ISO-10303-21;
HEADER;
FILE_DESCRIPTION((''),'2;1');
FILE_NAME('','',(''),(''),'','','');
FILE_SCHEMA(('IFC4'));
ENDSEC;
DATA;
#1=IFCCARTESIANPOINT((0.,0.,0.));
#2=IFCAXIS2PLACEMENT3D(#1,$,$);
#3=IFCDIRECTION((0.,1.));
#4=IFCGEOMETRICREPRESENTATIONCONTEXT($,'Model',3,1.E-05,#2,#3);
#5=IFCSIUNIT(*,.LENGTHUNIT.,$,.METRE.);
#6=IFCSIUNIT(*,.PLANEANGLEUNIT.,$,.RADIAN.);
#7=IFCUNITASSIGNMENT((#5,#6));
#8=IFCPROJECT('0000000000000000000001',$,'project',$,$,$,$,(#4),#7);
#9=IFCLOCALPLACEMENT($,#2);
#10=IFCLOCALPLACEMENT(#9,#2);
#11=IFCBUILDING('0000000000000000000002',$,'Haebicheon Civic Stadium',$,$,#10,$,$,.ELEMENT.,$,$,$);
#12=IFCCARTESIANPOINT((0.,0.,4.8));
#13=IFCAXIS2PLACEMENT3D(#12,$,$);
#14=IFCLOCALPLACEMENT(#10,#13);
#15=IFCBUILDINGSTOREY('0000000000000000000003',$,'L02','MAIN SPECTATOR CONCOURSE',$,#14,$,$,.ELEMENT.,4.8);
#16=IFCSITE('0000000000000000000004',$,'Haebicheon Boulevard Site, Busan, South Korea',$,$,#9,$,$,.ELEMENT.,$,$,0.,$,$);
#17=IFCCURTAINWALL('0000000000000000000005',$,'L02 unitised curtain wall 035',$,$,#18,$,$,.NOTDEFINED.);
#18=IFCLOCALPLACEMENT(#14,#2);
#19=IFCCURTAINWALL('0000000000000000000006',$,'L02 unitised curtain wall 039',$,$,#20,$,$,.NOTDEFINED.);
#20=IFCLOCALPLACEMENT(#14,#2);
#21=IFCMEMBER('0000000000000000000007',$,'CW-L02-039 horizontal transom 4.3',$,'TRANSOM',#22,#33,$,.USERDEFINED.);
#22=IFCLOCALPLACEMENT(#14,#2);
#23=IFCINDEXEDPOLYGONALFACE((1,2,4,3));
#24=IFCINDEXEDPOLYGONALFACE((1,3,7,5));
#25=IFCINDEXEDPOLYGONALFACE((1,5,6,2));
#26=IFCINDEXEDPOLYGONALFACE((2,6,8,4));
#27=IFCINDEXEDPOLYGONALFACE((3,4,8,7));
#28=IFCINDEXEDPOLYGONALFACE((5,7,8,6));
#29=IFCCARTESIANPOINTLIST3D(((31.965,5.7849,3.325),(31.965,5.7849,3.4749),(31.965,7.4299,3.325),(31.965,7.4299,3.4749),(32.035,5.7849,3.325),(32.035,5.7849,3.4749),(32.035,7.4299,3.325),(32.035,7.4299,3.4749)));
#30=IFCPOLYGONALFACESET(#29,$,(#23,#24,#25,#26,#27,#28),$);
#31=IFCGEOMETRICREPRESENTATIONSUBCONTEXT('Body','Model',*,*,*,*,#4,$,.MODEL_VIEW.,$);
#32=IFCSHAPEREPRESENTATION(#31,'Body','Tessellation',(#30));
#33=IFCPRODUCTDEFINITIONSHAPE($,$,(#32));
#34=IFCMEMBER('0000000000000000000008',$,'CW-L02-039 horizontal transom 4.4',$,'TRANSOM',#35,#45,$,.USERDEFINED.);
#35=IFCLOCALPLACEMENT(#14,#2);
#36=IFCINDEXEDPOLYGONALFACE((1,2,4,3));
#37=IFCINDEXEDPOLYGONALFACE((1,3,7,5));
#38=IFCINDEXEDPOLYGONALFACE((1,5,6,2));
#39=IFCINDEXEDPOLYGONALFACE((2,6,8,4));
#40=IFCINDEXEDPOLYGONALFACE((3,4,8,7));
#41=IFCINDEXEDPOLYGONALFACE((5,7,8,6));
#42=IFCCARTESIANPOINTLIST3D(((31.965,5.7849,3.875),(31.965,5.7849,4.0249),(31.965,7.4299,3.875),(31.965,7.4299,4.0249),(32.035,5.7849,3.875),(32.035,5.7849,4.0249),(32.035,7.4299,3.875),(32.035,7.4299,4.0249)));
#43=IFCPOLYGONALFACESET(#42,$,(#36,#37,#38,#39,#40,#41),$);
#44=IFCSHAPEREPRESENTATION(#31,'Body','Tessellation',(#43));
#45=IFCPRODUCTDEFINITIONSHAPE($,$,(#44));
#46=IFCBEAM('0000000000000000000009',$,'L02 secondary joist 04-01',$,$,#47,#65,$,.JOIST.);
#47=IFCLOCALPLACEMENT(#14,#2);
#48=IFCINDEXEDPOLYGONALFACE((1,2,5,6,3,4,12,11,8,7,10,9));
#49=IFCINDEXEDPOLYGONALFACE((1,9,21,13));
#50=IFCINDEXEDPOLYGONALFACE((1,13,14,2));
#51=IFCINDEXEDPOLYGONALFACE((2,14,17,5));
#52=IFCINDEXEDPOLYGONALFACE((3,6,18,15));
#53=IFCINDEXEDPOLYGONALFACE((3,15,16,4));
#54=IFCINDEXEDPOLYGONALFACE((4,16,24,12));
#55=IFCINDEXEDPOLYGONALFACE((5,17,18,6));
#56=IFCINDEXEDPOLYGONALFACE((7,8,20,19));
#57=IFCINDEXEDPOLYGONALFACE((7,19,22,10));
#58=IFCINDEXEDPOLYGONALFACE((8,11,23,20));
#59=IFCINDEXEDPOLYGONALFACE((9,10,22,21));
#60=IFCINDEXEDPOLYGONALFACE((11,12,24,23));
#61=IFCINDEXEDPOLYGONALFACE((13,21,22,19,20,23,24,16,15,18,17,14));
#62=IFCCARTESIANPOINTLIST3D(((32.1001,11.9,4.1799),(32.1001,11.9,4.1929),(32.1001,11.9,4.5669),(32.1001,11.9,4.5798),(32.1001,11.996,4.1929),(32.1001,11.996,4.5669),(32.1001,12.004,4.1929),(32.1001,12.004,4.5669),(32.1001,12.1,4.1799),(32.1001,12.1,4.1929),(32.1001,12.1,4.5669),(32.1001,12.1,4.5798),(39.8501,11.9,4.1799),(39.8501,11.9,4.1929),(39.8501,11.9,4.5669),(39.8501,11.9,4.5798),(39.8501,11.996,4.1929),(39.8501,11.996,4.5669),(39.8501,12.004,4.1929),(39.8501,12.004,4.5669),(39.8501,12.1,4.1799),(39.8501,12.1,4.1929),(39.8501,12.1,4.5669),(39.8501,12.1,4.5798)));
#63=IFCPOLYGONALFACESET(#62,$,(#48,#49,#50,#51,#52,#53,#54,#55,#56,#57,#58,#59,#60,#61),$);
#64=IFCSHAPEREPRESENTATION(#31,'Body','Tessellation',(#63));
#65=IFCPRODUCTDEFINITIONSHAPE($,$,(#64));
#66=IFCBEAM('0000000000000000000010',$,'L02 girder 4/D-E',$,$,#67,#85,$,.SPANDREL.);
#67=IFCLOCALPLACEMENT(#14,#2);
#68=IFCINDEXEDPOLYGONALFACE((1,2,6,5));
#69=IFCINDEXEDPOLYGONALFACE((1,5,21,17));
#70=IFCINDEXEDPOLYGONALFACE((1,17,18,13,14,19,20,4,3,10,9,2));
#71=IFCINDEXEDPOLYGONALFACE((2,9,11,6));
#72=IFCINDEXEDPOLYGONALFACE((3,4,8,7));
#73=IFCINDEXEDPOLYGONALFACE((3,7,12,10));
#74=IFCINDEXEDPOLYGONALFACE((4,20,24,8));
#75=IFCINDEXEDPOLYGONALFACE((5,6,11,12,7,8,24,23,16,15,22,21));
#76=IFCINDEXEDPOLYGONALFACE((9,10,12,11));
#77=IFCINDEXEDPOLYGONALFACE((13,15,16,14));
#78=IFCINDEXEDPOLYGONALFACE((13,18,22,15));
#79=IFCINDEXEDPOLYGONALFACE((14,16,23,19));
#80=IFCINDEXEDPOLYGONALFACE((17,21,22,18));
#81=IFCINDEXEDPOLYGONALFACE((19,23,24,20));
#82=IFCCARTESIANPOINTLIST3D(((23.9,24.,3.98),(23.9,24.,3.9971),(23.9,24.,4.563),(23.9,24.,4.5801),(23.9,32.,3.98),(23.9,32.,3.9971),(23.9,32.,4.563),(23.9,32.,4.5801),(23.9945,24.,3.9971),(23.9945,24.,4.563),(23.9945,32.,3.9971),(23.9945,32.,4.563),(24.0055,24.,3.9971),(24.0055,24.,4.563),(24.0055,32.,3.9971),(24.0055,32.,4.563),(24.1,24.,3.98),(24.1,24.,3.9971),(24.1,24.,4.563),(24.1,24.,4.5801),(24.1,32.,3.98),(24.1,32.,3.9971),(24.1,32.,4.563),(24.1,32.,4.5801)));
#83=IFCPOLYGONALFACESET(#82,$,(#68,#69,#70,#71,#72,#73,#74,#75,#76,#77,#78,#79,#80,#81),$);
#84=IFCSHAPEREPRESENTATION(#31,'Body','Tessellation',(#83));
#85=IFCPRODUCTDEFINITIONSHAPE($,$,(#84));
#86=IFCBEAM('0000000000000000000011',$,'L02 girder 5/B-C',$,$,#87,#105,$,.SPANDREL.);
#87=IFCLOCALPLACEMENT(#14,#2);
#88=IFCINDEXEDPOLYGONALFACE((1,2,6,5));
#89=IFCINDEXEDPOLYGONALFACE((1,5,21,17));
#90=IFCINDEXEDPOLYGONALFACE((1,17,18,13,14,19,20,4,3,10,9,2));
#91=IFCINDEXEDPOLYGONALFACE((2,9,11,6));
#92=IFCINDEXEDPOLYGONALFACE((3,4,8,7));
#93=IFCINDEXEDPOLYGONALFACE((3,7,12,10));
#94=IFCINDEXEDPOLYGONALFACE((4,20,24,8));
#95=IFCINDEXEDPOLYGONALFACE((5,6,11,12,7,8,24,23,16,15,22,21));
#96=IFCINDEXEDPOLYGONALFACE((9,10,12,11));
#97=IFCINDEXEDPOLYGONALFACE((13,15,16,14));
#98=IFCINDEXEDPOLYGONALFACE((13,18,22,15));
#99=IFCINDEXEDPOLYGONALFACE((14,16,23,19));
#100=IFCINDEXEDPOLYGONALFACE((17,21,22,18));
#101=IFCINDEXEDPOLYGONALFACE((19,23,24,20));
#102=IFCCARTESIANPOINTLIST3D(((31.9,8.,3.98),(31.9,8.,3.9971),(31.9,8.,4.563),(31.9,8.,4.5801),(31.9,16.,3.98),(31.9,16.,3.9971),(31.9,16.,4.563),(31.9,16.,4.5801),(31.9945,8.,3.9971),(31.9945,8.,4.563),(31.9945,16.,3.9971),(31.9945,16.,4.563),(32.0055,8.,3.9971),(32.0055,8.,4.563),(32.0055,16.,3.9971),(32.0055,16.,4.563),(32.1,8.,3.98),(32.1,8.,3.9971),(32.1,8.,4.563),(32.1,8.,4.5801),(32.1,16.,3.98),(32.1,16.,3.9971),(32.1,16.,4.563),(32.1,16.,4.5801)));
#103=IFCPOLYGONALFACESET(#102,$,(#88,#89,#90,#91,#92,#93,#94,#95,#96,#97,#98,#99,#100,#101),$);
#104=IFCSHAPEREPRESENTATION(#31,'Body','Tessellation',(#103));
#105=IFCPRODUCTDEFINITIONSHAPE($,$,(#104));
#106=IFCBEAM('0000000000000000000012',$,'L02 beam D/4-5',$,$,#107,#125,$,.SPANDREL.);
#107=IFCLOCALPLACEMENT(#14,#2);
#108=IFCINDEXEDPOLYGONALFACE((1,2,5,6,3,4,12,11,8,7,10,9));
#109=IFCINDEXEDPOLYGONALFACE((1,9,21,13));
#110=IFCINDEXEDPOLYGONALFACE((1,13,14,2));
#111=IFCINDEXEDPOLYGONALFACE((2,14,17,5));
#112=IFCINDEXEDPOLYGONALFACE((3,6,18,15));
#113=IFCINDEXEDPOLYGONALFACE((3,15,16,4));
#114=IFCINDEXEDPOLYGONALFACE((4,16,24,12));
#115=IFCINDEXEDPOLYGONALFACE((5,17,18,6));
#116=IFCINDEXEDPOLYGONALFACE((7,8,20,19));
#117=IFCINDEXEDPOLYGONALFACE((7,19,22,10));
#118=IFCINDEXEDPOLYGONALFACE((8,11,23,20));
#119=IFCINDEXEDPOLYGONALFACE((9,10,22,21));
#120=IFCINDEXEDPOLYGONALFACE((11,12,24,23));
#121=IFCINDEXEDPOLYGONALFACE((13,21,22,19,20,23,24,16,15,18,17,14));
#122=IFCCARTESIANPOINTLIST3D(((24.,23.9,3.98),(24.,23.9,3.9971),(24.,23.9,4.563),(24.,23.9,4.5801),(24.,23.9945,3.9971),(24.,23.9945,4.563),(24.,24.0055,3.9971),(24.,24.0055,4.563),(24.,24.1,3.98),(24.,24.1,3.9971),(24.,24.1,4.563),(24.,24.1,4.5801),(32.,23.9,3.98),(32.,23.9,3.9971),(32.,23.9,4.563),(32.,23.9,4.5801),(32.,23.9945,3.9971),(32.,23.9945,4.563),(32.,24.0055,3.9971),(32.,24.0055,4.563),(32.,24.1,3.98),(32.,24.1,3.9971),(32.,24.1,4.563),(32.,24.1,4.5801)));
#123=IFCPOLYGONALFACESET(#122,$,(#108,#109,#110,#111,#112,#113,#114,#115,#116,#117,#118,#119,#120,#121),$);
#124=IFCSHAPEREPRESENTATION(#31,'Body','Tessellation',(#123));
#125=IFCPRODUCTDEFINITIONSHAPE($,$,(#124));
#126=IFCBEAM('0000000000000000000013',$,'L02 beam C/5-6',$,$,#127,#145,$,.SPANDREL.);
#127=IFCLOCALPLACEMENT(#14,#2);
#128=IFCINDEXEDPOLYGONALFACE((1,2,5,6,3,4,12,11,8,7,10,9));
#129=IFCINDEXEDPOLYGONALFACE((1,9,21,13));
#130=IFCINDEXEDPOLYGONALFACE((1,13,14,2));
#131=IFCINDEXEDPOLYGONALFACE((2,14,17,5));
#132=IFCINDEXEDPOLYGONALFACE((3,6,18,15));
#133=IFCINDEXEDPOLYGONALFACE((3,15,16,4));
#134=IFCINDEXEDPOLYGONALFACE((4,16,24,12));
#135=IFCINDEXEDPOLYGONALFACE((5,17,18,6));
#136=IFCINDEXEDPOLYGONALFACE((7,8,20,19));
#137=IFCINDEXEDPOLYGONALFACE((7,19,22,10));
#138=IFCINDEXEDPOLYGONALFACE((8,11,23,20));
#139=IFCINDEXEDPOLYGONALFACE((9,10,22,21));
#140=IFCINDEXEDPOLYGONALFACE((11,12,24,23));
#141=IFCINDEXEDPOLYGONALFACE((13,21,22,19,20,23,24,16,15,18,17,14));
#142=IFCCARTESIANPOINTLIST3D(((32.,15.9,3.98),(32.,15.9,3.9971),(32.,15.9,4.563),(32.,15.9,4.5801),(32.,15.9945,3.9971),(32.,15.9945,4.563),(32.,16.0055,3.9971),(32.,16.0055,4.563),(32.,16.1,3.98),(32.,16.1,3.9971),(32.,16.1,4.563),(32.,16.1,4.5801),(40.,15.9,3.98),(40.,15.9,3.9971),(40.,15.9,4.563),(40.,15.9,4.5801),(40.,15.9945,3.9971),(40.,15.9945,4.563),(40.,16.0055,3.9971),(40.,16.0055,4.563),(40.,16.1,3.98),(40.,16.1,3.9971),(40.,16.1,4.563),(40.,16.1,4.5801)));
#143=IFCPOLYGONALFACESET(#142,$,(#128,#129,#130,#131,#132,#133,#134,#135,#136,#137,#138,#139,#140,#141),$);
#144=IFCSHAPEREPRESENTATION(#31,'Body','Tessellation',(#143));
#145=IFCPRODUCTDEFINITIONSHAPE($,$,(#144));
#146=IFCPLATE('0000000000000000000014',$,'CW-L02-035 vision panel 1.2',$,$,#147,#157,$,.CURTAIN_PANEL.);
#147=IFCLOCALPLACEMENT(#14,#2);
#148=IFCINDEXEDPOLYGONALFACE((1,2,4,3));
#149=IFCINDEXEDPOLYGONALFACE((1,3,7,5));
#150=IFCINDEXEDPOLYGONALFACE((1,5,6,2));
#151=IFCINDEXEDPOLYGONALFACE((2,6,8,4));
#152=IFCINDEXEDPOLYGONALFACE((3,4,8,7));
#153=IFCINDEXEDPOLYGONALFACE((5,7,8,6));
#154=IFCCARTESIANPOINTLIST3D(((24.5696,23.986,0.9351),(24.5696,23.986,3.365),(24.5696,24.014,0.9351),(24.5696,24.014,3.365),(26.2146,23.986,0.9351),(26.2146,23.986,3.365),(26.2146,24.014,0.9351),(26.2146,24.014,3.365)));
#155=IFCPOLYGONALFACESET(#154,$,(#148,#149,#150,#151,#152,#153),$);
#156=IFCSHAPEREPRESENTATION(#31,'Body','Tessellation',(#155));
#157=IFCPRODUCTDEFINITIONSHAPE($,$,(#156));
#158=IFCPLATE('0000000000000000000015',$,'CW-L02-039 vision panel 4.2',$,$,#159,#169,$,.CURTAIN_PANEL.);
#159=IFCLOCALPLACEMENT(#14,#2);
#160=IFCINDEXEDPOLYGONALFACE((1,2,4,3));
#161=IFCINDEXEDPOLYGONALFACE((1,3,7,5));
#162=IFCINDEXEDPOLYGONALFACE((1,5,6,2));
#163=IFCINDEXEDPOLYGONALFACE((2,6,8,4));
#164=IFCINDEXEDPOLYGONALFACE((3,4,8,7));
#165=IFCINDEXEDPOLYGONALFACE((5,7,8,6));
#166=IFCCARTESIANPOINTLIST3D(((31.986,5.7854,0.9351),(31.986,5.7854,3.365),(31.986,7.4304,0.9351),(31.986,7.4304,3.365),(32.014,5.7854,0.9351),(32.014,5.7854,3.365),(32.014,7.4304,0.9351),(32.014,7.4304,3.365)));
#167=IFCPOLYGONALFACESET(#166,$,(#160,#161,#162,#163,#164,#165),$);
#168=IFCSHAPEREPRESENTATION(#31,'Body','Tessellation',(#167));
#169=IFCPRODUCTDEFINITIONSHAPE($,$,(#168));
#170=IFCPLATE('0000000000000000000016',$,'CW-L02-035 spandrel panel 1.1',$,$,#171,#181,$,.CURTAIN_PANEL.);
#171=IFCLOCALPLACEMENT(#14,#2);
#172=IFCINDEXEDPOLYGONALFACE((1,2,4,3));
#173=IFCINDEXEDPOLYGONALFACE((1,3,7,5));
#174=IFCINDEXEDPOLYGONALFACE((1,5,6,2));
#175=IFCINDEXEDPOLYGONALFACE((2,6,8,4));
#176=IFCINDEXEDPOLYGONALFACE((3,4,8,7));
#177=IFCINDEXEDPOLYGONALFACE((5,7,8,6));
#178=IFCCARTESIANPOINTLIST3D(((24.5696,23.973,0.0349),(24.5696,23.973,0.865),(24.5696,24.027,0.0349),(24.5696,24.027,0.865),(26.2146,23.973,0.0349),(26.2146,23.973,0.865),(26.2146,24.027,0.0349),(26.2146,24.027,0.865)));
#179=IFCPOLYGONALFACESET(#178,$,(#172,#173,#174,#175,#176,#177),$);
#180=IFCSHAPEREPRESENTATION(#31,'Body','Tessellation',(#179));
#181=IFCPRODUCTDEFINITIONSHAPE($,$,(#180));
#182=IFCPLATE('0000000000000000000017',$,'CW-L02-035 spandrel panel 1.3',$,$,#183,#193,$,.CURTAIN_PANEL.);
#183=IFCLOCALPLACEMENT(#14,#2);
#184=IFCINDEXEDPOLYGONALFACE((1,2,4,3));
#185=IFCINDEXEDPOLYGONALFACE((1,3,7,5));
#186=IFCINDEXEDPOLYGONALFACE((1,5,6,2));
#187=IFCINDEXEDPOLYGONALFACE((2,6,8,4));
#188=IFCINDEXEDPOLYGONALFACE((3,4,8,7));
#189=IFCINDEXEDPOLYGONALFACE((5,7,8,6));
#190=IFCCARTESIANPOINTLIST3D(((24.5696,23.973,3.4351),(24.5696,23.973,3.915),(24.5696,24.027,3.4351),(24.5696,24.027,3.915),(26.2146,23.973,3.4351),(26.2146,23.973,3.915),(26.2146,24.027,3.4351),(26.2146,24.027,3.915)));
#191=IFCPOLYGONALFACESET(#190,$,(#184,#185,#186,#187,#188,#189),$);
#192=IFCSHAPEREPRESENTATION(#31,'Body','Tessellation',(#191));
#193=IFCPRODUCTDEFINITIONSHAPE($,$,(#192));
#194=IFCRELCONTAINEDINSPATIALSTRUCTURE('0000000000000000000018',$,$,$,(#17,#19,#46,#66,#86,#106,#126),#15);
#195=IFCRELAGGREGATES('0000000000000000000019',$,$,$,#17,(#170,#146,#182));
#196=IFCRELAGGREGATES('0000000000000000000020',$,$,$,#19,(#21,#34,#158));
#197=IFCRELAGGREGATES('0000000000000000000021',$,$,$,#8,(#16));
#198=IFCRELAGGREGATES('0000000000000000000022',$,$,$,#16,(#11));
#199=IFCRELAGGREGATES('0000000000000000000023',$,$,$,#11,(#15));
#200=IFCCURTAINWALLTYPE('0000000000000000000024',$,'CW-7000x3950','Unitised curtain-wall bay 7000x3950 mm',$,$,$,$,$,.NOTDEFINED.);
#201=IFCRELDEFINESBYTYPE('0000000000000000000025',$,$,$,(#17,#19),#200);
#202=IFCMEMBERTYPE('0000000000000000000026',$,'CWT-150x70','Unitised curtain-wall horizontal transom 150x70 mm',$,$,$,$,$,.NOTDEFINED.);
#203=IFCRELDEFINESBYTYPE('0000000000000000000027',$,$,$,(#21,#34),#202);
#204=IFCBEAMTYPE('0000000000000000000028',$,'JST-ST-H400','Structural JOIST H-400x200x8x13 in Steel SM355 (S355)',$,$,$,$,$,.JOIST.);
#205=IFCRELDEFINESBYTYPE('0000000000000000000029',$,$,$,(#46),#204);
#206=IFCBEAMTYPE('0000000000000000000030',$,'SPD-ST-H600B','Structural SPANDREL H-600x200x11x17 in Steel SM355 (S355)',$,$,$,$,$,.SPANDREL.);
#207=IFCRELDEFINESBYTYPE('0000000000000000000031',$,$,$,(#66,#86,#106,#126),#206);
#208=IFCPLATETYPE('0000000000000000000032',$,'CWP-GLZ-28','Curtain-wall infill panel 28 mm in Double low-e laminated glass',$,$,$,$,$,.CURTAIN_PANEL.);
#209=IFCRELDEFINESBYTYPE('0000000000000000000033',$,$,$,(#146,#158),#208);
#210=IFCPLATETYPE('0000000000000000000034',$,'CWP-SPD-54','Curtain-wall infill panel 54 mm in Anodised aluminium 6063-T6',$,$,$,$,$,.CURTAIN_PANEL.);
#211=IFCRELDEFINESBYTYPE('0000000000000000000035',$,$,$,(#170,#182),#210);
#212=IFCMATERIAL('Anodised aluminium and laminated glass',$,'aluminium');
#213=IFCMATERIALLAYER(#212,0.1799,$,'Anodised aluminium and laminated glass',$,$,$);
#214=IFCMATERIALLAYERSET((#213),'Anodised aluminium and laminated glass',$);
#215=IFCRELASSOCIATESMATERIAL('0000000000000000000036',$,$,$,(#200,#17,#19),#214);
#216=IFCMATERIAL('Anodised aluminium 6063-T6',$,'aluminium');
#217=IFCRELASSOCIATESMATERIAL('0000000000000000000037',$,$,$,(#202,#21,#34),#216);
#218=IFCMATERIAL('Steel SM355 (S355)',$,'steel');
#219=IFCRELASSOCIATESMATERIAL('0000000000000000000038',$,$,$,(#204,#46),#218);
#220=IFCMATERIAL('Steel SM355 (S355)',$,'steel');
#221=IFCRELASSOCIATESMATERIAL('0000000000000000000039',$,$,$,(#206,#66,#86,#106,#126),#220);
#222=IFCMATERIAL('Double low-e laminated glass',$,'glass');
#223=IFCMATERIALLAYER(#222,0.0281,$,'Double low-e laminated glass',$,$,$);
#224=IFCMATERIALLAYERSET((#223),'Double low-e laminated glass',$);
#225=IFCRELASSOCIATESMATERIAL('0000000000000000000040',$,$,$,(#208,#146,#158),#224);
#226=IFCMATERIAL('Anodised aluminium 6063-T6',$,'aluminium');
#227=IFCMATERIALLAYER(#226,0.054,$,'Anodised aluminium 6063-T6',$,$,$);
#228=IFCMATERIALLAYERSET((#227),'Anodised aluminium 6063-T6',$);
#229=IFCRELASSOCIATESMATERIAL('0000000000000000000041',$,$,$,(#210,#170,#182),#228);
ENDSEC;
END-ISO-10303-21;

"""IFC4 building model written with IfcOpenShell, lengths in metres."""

from ifc_helpers import new_model, si_unit, direction, frame, origin, origin_2d, place, context, subcontext, project, spatial, rectangle, i_section, extrude, material, layer, layer_set, material_profile, profile_set, type_object, element, aggregate, save


model = new_model("IFC4")

# Units and contexts
model_context = context("Model", 3, precision=1e-05, world=origin(), true_north=direction((0.0, 1.0)))
body_context = subcontext(model_context, "Body", "Model", "MODEL_VIEW")
ifc_project = project(units=[si_unit("LENGTHUNIT", "METRE"), si_unit("PLANEANGLEUNIT", "RADIAN")], contexts=[model_context])

# Site, building, storey
site_placement = place(None, origin())
site = spatial("IfcSite", under=ifc_project, at=site_placement, Name="Haebicheon Boulevard Site, Busan, South Korea", CompositionType="ELEMENT", RefElevation=0.0)
building_placement = place(site_placement, origin())
building = spatial("IfcBuilding", under=site, at=building_placement, Name="Haebicheon Civic Stadium", CompositionType="ELEMENT")
storey_placement = place(building_placement, frame((0.0, 0.0, 4.8)))
storey = spatial("IfcBuildingStorey", under=building, at=storey_placement, Name="L02", Description="MAIN SPECTATOR CONCOURSE", CompositionType="ELEMENT", Elevation=4.8)

# Curtain wall
ifc_material_1 = material(Name="Anodised aluminium and laminated glass", Category="aluminium")
ifc_layer_1 = layer(ifc_material_1, 0.1799, Name="Anodised aluminium and laminated glass")
ifc_layer_set_1 = layer_set([ifc_layer_1], Name="Anodised aluminium and laminated glass")
curtain_wall_type = type_object("IfcCurtainWallType", Name="CW-7000x3950", Description="Unitised curtain-wall bay 7000x3950 mm", PredefinedType="NOTDEFINED", material=ifc_layer_set_1)
curtain_wall_1_placement = place(storey_placement, origin())
curtain_wall_1 = element("IfcCurtainWall", 1, at=curtain_wall_1_placement, inside=storey, type_object=curtain_wall_type, material=ifc_layer_set_1, Name="L02 unitised curtain wall 035", PredefinedType="NOTDEFINED")

# Curtain wall
curtain_wall_2_placement = place(storey_placement, origin())
curtain_wall_2 = element("IfcCurtainWall", 2, at=curtain_wall_2_placement, inside=storey, type_object=curtain_wall_type, material=ifc_layer_set_1, Name="L02 unitised curtain wall 039", PredefinedType="NOTDEFINED")

# Members
ifc_material_2 = material(Name="Anodised aluminium 6063-T6", Category="aluminium")
ifc_material_profile_1 = material_profile(ifc_material_2, rectangle(XDim=0.0701, YDim=0.1499, at=origin_2d()), Name="ALU-TRAN-70x150")
ifc_profile_set_1 = profile_set([ifc_material_profile_1], Name="Anodised aluminium 6063-T6")
member_type_1 = type_object("IfcMemberType", Name="CWT-150x70", Description="Unitised curtain-wall horizontal transom 150x70 mm", PredefinedType="NOTDEFINED", material=ifc_profile_set_1)
member_1_placement = place(storey_placement, frame((32.0, 5.7849, 3.3999), z_axis=(0.0, 1.0, 0.0), x_axis=(-1.0, 0.0, 0.0)))
member_1 = element("IfcMember", 3, at=member_1_placement, type_object=member_type_1, material=ifc_profile_set_1, Name="CW-L02-039 horizontal transom 4.3", ObjectType="TRANSOM", PredefinedType="USERDEFINED", context=body_context, shape_type="SweptSolid", body=[
    extrude(rectangle(XDim=0.0701, YDim=0.1499, at=origin_2d()), origin(), (0.0, 0.0, 1.0), 1.645),
])
member_2_placement = place(storey_placement, frame((32.0, 5.7849, 3.95), z_axis=(0.0, 1.0, 0.0), x_axis=(-1.0, 0.0, 0.0)))
member_2 = element("IfcMember", 4, at=member_2_placement, type_object=member_type_1, material=ifc_profile_set_1, Name="CW-L02-039 horizontal transom 4.4", ObjectType="TRANSOM", PredefinedType="USERDEFINED", context=body_context, shape_type="SweptSolid", body=[
    extrude(rectangle(XDim=0.0701, YDim=0.1499, at=origin_2d()), origin(), (0.0, 0.0, 1.0), 1.645),
])

# Beams
ifc_material_3 = material(Name="Steel SM355 (S355)", Category="steel")
ifc_material_profile_2 = material_profile(ifc_material_3, i_section(OverallWidth=0.2, OverallDepth=0.3999, WebThickness=0.0081, FlangeThickness=0.0129, at=origin_2d()), Name="H-400x200x8x13")
ifc_profile_set_2 = profile_set([ifc_material_profile_2], Name="Steel SM355 (S355)")
beam_type_1 = type_object("IfcBeamType", Name="JST-ST-H400", Description="Structural JOIST H-400x200x8x13 in Steel SM355 (S355)", PredefinedType="JOIST", material=ifc_profile_set_2)
beam_1_placement = place(storey_placement, frame((32.1001, 12.0, 4.3799), z_axis=(1.0, 0.0, 0.0), x_axis=(0.0, 1.0, 0.0)))
element("IfcBeam", 5, at=beam_1_placement, inside=storey, type_object=beam_type_1, material=ifc_profile_set_2, Name="L02 secondary joist 04-01", PredefinedType="JOIST", context=body_context, shape_type="SweptSolid", body=[
    extrude(i_section(OverallWidth=0.2, OverallDepth=0.3999, WebThickness=0.0081, FlangeThickness=0.0129, at=origin_2d()), origin(), (0.0, 0.0, 1.0), 7.75),
])
ifc_material_4 = material(Name="Steel SM355 (S355)", Category="steel")
ifc_material_profile_3 = material_profile(ifc_material_4, i_section(OverallWidth=0.2, OverallDepth=0.6001, WebThickness=0.011, FlangeThickness=0.0171, at=origin_2d()), Name="H-600x200x11x17")
ifc_profile_set_3 = profile_set([ifc_material_profile_3], Name="Steel SM355 (S355)")
beam_type_2 = type_object("IfcBeamType", Name="SPD-ST-H600B", Description="Structural SPANDREL H-600x200x11x17 in Steel SM355 (S355)", PredefinedType="SPANDREL", material=ifc_profile_set_3)
for number, where, z_axis, x_axis, name in (
    (6, (24.0, 24.0, 4.28), (0.0, 1.0, 0.0), (-1.0, 0.0, 0.0), "L02 girder 4/D-E"),
    (7, (32.0, 8.0, 4.28), (0.0, 1.0, 0.0), (-1.0, 0.0, 0.0), "L02 girder 5/B-C"),
    (8, (24.0, 24.0, 4.28), (1.0, 0.0, 0.0), (0.0, 1.0, 0.0), "L02 beam D/4-5"),
    (9, (32.0, 16.0, 4.28), (1.0, 0.0, 0.0), (0.0, 1.0, 0.0), "L02 beam C/5-6"),
):
    element("IfcBeam", number, at=place(storey_placement, frame(where, z_axis=z_axis, x_axis=x_axis)), inside=storey, type_object=beam_type_2, material=ifc_profile_set_3, Name=name, PredefinedType="SPANDREL", context=body_context, shape_type="SweptSolid", body=[
        extrude(i_section(OverallWidth=0.2, OverallDepth=0.6001, WebThickness=0.011, FlangeThickness=0.0171, at=origin_2d()), origin(), (0.0, 0.0, 1.0), 8.0),
    ])

# Plates
ifc_material_5 = material(Name="Double low-e laminated glass", Category="glass")
ifc_layer_2 = layer(ifc_material_5, 0.0281, Name="Double low-e laminated glass")
ifc_layer_set_2 = layer_set([ifc_layer_2], Name="Double low-e laminated glass")
plate_type_1 = type_object("IfcPlateType", Name="CWP-GLZ-28", Description="Curtain-wall infill panel 28 mm in Double low-e laminated glass", PredefinedType="CURTAIN_PANEL", material=ifc_layer_set_2)
plate_1_placement = place(storey_placement, frame((25.3921, 24.0, 0.9351), z_axis=(0.0, 0.0, 1.0), x_axis=(1.0, 0.0, 0.0)))
plate_1 = element("IfcPlate", 10, at=plate_1_placement, type_object=plate_type_1, material=ifc_layer_set_2, Name="CW-L02-035 vision panel 1.2", PredefinedType="CURTAIN_PANEL", context=body_context, shape_type="SweptSolid", body=[
    extrude(rectangle(XDim=1.645, YDim=0.0281, at=origin_2d()), origin(), (0.0, 0.0, 1.0), 2.4299),
])
plate_2_placement = place(storey_placement, frame((32.0, 6.6079, 0.9351), z_axis=(0.0, 0.0, 1.0), x_axis=(0.0, 1.0, 0.0)))
plate_2 = element("IfcPlate", 11, at=plate_2_placement, type_object=plate_type_1, material=ifc_layer_set_2, Name="CW-L02-039 vision panel 4.2", PredefinedType="CURTAIN_PANEL", context=body_context, shape_type="SweptSolid", body=[
    extrude(rectangle(XDim=1.645, YDim=0.0281, at=origin_2d()), origin(), (0.0, 0.0, 1.0), 2.4299),
])
ifc_material_6 = material(Name="Anodised aluminium 6063-T6", Category="aluminium")
ifc_layer_3 = layer(ifc_material_6, 0.054, Name="Anodised aluminium 6063-T6")
ifc_layer_set_3 = layer_set([ifc_layer_3], Name="Anodised aluminium 6063-T6")
plate_type_2 = type_object("IfcPlateType", Name="CWP-SPD-54", Description="Curtain-wall infill panel 54 mm in Anodised aluminium 6063-T6", PredefinedType="CURTAIN_PANEL", material=ifc_layer_set_3)
plate_3_placement = place(storey_placement, frame((25.3921, 24.0, 0.0349), z_axis=(0.0, 0.0, 1.0), x_axis=(1.0, 0.0, 0.0)))
plate_3 = element("IfcPlate", 12, at=plate_3_placement, type_object=plate_type_2, material=ifc_layer_set_3, Name="CW-L02-035 spandrel panel 1.1", PredefinedType="CURTAIN_PANEL", context=body_context, shape_type="SweptSolid", body=[
    extrude(rectangle(XDim=1.645, YDim=0.054, at=origin_2d()), origin(), (0.0, 0.0, 1.0), 0.8301),
])
plate_4_placement = place(storey_placement, frame((25.3921, 24.0, 3.4351), z_axis=(0.0, 0.0, 1.0), x_axis=(1.0, 0.0, 0.0)))
plate_4 = element("IfcPlate", 13, at=plate_4_placement, type_object=plate_type_2, material=ifc_layer_set_3, Name="CW-L02-035 spandrel panel 1.3", PredefinedType="CURTAIN_PANEL", context=body_context, shape_type="SweptSolid", body=[
    extrude(rectangle(XDim=1.645, YDim=0.054, at=origin_2d()), origin(), (0.0, 0.0, 1.0), 0.48),
])
aggregate(curtain_wall_1, [plate_3, plate_1, plate_4])
aggregate(curtain_wall_2, [member_1, member_2, plate_2])

save(model, "model.ifc")
